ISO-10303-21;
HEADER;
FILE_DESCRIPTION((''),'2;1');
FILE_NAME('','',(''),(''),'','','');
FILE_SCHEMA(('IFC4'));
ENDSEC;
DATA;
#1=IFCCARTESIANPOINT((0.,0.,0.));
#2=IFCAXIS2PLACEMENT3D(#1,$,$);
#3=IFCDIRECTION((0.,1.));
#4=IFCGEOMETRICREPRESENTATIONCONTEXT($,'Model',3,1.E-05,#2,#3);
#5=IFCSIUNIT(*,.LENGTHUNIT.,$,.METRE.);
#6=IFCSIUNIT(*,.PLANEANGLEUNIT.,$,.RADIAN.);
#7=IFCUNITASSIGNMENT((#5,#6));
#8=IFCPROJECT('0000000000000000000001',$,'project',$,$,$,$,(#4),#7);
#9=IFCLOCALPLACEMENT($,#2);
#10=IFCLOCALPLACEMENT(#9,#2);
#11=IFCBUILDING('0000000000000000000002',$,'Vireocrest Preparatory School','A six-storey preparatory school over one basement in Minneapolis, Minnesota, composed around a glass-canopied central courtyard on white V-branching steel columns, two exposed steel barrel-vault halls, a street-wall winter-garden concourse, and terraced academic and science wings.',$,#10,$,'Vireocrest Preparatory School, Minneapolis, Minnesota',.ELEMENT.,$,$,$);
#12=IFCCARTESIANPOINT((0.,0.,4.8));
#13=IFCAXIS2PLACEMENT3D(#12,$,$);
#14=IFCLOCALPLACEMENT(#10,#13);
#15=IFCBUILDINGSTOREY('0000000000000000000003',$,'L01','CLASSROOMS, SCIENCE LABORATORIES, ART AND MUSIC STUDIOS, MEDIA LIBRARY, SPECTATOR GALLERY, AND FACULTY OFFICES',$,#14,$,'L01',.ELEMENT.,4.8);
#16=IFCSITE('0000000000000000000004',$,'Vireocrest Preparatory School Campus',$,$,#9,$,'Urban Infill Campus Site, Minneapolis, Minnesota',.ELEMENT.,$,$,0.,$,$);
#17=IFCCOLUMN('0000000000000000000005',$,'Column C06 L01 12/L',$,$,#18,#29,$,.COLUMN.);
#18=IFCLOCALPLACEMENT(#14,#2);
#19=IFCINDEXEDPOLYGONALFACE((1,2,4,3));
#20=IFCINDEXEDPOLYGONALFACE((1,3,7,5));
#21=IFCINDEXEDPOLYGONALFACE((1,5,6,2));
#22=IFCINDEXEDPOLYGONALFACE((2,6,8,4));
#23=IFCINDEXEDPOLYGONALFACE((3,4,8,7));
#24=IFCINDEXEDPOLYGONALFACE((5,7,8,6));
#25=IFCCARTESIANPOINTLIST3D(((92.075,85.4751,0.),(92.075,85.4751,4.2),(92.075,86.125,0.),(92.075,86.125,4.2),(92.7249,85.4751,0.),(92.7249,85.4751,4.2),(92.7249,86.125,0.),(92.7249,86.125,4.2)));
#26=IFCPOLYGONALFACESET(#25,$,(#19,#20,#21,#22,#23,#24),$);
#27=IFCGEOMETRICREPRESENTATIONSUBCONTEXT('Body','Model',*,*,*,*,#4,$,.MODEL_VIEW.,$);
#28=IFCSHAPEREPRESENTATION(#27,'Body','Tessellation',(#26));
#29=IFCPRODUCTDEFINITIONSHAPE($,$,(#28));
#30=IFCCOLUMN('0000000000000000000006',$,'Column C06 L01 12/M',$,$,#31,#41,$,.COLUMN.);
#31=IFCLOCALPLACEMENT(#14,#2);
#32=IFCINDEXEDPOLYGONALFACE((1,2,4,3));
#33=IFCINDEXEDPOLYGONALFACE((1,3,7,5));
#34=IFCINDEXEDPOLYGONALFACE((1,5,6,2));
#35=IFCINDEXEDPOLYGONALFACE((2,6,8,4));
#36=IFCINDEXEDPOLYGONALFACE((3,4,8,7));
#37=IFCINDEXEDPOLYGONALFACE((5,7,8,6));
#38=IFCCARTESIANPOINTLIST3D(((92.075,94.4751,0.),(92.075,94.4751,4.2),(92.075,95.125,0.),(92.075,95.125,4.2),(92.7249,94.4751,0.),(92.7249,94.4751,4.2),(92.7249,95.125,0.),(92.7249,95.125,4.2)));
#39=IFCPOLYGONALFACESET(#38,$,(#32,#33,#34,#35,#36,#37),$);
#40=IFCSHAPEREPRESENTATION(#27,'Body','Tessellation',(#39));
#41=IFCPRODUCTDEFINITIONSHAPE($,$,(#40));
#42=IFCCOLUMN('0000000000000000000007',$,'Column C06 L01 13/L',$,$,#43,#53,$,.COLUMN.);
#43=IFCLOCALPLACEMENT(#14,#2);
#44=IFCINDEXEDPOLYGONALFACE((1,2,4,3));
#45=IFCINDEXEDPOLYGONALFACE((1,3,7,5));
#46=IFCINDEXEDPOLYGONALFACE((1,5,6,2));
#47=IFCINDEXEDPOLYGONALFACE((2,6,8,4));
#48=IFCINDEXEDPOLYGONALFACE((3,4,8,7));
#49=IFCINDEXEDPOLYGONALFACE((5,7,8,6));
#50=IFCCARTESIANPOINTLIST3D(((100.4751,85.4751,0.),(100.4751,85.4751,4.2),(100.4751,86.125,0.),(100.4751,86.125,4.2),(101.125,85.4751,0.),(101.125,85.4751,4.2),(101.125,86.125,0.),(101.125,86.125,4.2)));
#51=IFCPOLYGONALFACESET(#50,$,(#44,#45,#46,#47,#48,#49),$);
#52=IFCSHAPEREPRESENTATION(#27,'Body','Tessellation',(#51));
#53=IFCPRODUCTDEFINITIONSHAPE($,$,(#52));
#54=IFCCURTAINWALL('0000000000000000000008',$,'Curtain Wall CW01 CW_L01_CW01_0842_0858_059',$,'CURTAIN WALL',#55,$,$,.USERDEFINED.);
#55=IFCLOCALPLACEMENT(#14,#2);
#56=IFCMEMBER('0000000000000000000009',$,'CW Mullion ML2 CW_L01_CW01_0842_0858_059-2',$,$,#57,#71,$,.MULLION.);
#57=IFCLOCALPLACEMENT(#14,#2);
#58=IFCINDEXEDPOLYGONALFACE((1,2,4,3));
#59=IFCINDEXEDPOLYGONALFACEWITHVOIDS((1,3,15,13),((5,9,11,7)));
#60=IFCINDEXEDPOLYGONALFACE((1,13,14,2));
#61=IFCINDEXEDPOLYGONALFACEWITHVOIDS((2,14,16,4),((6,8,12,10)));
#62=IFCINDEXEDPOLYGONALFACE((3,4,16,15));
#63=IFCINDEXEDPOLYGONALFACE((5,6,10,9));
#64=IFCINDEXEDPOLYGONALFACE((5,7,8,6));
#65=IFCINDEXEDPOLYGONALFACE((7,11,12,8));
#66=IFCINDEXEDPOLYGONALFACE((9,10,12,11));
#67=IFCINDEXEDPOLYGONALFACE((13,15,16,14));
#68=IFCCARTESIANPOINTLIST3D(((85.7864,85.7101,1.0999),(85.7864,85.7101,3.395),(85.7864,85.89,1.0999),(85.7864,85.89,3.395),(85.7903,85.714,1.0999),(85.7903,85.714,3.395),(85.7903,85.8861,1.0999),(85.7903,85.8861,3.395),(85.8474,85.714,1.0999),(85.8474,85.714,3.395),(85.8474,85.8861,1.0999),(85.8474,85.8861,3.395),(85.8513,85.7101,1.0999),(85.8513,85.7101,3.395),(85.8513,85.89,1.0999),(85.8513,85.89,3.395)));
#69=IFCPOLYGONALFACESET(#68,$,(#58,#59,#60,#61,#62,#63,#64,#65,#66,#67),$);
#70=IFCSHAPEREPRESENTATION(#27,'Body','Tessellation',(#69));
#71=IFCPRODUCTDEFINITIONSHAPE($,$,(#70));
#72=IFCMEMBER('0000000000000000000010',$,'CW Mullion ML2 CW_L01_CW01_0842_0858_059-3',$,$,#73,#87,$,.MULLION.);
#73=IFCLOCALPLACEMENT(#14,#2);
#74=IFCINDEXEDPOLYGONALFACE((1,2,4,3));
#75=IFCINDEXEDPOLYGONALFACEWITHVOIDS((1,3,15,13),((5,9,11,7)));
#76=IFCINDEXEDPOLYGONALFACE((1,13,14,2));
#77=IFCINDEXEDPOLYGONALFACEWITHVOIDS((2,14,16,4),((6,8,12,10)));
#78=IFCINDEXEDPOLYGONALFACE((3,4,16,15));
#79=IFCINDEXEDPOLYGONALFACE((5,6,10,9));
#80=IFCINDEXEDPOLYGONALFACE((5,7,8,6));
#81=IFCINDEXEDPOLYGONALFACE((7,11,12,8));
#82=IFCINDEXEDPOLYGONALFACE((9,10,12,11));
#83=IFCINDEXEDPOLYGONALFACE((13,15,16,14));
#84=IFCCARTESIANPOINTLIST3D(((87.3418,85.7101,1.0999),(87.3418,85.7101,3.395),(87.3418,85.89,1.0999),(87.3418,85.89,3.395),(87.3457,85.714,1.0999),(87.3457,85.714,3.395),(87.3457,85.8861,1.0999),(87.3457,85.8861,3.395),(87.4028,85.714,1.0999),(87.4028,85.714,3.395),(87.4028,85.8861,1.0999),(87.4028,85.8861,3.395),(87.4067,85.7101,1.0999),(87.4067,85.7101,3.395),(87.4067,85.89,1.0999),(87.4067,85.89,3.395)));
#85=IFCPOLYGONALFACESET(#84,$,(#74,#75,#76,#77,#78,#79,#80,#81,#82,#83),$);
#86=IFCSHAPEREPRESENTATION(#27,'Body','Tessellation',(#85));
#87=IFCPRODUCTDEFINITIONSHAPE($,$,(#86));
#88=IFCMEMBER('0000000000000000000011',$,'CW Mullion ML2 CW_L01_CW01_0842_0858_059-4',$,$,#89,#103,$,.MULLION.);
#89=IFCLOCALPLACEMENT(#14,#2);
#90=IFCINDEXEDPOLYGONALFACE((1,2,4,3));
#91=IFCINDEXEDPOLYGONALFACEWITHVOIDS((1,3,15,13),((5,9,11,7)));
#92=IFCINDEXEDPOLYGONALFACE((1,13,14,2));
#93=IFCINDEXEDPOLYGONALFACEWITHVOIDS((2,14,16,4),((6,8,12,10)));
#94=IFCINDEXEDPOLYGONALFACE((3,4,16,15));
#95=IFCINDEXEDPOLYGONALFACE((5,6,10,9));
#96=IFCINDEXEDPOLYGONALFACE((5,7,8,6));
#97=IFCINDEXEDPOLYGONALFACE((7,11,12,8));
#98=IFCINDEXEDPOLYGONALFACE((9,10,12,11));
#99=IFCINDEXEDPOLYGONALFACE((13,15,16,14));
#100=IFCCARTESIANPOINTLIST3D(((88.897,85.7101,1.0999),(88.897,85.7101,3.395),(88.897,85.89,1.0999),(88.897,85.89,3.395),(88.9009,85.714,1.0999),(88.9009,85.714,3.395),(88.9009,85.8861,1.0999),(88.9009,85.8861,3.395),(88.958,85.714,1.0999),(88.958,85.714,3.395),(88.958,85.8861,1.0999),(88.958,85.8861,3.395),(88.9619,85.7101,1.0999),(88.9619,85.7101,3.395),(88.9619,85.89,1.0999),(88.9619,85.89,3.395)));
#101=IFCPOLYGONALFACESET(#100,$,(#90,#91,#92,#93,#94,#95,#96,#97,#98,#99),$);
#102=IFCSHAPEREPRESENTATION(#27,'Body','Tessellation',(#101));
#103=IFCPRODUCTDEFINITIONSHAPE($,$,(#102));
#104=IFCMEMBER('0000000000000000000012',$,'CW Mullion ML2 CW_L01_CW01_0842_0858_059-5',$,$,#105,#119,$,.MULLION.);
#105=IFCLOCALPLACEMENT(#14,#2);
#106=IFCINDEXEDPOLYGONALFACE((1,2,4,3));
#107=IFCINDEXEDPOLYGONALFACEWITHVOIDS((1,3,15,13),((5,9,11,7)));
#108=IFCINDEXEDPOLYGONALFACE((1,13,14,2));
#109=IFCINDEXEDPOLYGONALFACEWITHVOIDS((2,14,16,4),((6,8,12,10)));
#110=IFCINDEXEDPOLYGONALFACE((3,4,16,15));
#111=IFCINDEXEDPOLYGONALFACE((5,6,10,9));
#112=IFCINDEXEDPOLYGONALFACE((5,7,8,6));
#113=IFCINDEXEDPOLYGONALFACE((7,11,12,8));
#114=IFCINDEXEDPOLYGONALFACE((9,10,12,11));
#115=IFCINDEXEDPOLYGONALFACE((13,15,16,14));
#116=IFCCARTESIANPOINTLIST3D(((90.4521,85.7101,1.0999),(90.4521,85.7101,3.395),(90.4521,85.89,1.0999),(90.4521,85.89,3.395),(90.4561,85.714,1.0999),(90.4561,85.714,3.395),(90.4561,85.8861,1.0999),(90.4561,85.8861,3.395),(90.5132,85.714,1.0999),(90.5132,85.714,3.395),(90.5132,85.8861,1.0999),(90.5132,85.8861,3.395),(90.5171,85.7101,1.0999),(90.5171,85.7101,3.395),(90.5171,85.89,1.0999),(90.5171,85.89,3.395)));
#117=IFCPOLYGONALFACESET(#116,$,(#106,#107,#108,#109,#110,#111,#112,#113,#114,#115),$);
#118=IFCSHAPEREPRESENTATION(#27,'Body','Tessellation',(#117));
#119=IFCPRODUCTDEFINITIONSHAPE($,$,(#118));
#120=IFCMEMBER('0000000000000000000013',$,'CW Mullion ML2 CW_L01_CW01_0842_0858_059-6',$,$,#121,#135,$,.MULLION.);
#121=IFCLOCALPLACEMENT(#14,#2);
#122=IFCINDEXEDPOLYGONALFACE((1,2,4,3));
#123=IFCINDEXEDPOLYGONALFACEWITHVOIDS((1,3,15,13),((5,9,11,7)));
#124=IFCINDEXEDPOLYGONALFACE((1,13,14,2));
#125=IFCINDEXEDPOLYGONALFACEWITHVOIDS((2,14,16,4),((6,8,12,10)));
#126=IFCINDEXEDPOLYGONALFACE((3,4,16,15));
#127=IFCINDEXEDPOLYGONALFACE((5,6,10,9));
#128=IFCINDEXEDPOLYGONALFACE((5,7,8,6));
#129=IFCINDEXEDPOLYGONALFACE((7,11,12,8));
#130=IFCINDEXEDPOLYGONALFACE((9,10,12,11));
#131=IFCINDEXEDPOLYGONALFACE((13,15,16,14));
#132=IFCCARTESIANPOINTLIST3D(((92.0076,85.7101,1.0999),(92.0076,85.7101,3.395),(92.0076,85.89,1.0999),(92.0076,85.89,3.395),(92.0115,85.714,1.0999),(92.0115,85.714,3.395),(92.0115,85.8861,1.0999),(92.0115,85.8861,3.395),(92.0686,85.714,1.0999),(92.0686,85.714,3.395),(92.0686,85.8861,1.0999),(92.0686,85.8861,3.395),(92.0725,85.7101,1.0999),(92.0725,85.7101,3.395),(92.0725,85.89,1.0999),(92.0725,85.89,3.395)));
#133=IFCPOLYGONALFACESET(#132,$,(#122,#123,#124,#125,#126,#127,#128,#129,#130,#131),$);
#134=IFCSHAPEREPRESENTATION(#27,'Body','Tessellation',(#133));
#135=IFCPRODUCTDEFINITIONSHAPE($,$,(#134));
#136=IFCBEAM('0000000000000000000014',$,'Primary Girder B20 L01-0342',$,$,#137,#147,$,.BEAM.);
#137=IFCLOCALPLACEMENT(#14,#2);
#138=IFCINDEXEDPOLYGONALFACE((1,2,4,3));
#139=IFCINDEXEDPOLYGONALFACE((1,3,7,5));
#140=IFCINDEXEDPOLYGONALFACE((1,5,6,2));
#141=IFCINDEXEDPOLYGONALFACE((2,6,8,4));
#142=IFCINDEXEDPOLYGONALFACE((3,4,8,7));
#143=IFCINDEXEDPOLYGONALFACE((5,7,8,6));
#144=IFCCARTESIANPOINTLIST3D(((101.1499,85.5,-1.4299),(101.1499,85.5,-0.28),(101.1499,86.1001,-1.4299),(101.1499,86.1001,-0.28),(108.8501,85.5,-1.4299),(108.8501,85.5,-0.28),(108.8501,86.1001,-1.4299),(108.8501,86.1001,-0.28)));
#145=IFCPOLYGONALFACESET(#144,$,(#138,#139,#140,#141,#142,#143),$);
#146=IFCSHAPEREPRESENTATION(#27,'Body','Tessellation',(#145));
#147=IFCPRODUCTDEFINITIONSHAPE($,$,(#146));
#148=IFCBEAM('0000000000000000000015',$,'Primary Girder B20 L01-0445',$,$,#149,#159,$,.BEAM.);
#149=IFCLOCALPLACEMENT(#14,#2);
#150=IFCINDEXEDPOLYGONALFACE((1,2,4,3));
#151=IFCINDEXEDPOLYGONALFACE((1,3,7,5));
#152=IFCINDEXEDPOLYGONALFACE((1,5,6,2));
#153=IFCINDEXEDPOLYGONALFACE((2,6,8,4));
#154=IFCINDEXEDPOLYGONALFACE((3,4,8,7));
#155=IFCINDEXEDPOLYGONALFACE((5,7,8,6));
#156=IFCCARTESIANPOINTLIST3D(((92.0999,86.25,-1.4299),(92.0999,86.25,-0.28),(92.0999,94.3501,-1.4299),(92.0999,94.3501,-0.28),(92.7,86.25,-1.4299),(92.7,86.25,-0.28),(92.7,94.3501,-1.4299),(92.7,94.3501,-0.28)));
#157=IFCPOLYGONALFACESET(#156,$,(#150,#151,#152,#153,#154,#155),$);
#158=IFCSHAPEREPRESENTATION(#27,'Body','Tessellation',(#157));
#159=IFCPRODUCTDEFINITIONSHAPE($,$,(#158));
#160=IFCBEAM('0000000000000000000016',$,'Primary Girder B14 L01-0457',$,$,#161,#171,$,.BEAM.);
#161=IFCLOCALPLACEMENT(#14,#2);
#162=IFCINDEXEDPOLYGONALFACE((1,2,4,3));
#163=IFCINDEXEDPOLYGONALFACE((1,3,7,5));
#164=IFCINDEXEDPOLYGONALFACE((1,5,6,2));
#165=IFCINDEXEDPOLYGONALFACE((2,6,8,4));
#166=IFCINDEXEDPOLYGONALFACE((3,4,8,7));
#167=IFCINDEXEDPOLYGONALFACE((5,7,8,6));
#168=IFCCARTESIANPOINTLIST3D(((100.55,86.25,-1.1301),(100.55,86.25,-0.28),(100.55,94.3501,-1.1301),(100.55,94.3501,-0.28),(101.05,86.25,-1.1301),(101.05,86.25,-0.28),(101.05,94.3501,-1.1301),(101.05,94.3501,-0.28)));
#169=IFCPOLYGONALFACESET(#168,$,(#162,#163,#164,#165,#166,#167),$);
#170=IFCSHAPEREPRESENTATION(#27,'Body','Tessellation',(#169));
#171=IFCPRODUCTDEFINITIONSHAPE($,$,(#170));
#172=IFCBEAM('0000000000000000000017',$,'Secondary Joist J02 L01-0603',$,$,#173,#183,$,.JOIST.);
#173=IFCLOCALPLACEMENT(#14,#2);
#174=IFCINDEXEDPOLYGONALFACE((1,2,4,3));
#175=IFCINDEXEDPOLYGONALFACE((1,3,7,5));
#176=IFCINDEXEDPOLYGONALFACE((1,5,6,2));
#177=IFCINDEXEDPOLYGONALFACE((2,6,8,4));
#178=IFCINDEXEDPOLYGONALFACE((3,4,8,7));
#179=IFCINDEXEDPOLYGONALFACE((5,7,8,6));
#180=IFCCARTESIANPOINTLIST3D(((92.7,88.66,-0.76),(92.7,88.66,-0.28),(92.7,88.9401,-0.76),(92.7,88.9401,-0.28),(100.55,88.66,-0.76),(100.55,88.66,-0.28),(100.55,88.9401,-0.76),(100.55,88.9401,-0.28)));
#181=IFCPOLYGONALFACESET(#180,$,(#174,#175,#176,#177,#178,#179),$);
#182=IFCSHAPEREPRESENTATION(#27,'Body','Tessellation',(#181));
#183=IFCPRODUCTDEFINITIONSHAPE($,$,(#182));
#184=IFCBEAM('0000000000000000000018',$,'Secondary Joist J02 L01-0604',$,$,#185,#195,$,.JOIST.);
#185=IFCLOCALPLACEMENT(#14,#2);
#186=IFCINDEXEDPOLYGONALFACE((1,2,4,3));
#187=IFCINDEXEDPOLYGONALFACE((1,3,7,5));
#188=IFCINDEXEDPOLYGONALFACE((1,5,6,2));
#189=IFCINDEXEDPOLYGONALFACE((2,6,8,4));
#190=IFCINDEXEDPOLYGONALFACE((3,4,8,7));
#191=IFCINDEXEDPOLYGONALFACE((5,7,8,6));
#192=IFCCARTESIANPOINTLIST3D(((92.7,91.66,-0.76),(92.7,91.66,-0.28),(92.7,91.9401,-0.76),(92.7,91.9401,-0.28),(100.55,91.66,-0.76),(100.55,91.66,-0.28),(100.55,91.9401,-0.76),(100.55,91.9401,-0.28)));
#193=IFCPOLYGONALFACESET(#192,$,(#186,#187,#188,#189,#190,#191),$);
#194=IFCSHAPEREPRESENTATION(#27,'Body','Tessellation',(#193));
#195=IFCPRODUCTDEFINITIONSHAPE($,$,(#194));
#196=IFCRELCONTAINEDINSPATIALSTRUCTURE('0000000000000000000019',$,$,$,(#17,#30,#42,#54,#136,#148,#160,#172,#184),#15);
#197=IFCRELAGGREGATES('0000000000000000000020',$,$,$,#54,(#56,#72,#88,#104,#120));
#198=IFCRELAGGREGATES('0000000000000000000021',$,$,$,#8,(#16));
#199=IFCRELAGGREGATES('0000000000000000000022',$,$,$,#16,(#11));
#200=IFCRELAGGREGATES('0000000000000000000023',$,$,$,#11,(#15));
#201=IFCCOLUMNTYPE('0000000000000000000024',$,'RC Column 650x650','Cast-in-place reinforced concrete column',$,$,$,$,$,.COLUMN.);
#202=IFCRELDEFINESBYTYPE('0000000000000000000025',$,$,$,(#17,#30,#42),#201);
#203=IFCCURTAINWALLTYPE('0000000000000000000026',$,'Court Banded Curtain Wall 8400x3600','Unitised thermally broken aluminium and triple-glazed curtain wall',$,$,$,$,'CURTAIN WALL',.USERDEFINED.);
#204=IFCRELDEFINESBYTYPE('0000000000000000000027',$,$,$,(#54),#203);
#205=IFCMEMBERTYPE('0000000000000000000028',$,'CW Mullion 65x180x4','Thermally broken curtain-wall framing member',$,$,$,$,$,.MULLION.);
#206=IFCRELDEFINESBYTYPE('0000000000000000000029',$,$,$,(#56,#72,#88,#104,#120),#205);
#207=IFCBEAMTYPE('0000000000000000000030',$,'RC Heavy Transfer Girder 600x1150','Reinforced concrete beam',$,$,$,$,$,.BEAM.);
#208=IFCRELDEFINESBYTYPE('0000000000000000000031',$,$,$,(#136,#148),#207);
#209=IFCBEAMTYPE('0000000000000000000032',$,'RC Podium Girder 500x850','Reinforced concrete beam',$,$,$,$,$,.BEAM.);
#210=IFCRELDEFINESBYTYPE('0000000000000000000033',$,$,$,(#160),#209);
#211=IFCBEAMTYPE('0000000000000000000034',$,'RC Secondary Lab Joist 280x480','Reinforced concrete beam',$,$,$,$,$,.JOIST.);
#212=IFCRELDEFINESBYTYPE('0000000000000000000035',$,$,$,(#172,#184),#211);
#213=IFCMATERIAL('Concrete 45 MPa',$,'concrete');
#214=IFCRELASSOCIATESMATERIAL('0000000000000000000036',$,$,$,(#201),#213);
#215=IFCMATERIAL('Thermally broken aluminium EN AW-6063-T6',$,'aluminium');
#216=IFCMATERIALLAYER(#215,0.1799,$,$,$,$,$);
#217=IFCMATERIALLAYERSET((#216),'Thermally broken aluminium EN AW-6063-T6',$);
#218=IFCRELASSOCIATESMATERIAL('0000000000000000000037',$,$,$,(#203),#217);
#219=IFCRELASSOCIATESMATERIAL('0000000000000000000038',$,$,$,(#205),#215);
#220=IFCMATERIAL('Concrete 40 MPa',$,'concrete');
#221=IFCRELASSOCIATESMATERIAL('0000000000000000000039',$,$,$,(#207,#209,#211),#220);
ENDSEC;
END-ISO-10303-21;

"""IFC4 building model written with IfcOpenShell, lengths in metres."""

from ifc_helpers import new_model, si_unit, direction, frame, origin, origin_2d, place, context, subcontext, project, spatial, rectangle, hollow_rectangle, extrude, material, layer, layer_set, material_profile, profile_set, type_object, element, aggregate, save


model = new_model("IFC4")

# Units and contexts
model_context = context("Model", 3, precision=1e-05, world=origin(), true_north=direction((0.0, 1.0)))
body_context = subcontext(model_context, "Body", "Model", "MODEL_VIEW")
ifc_project = project(units=[si_unit("LENGTHUNIT", "METRE"), si_unit("PLANEANGLEUNIT", "RADIAN")], contexts=[model_context])

# Site, building, storey
site_placement = place(None, origin())
site = spatial("IfcSite", under=ifc_project, at=site_placement, Name="Vireocrest Preparatory School Campus", LongName="Urban Infill Campus Site, Minneapolis, Minnesota", CompositionType="ELEMENT", RefElevation=0.0)
building_placement = place(site_placement, origin())
building = spatial("IfcBuilding", under=site, at=building_placement, Name="Vireocrest Preparatory School", Description="A six-storey preparatory school over one basement in Minneapolis, Minnesota, composed around a glass-canopied central courtyard on white V-branching steel columns, two exposed steel barrel-vault halls, a street-wall winter-garden concourse, and terraced academic and science wings.", LongName="Vireocrest Preparatory School, Minneapolis, Minnesota", CompositionType="ELEMENT")
storey_placement = place(building_placement, frame((0.0, 0.0, 4.8)))
storey = spatial("IfcBuildingStorey", under=building, at=storey_placement, Name="L01", Description="CLASSROOMS, SCIENCE LABORATORIES, ART AND MUSIC STUDIOS, MEDIA LIBRARY, SPECTATOR GALLERY, AND FACULTY OFFICES", LongName="L01", CompositionType="ELEMENT", Elevation=4.8)

# Columns
ifc_material_1 = material(Name="Concrete 45 MPa", Category="concrete")
ifc_material_profile_1 = material_profile(ifc_material_1, rectangle(XDim=0.6499, YDim=0.6499, at=origin_2d()), Name="RC 650x650")
ifc_profile_set_1 = profile_set([ifc_material_profile_1], Name="Concrete 45 MPa")
column_type = type_object("IfcColumnType", Name="RC Column 650x650", Description="Cast-in-place reinforced concrete column", PredefinedType="COLUMN", material=ifc_profile_set_1)
for number, where, z_axis, x_axis, name in (
    (1, (92.3999, 85.8, 0.0), (0.0, 0.0, 1.0), (1.0, 0.0, 0.0), "Column C06 L01 12/L"),
    (2, (92.3999, 94.8, 0.0), (0.0, 0.0, 1.0), (1.0, 0.0, 0.0), "Column C06 L01 12/M"),
    (3, (100.8, 85.8, 0.0), (0.0, 0.0, 1.0), (1.0, 0.0, 0.0), "Column C06 L01 13/L"),
):
    element("IfcColumn", number, at=place(storey_placement, frame(where, z_axis=z_axis, x_axis=x_axis)), inside=storey, type_object=column_type, Name=name, PredefinedType="COLUMN", context=body_context, shape_type="SweptSolid", body=[
        extrude(rectangle(XDim=0.6499, YDim=0.6499, at=origin_2d()), origin(), (0.0, 0.0, 1.0), 4.2),
    ])

# Curtain wall, members
ifc_material_2 = material(Name="Thermally broken aluminium EN AW-6063-T6", Category="aluminium")
ifc_layer_1 = layer(ifc_material_2, 0.1799)
ifc_layer_set_1 = layer_set([ifc_layer_1], Name="Thermally broken aluminium EN AW-6063-T6")
curtain_wall_type = type_object("IfcCurtainWallType", Name="Court Banded Curtain Wall 8400x3600", Description="Unitised thermally broken aluminium and triple-glazed curtain wall", ElementType="CURTAIN WALL", PredefinedType="USERDEFINED", material=ifc_layer_set_1)
curtain_wall_placement = place(storey_placement, origin())
curtain_wall = element("IfcCurtainWall", 4, at=curtain_wall_placement, inside=storey, type_object=curtain_wall_type, Name="Curtain Wall CW01 CW_L01_CW01_0842_0858_059", ObjectType="CURTAIN WALL", PredefinedType="USERDEFINED")
ifc_material_profile_2 = material_profile(ifc_material_2, hollow_rectangle(XDim=0.0649, YDim=0.1799, WallThickness=0.0039, at=origin_2d()), Name="ALU 65x180x4")
ifc_profile_set_2 = profile_set([ifc_material_profile_2], Name="Thermally broken aluminium EN AW-6063-T6")
member_type = type_object("IfcMemberType", Name="CW Mullion 65x180x4", Description="Thermally broken curtain-wall framing member", PredefinedType="MULLION", material=ifc_profile_set_2)
member_1_placement = place(storey_placement, frame((85.8188, 85.8, 1.0999), z_axis=(0.0, 0.0, 1.0), x_axis=(1.0, 0.0, 0.0)))
member_1 = element("IfcMember", 5, at=member_1_placement, type_object=member_type, Name="CW Mullion ML2 CW_L01_CW01_0842_0858_059-2", PredefinedType="MULLION", context=body_context, shape_type="SweptSolid", body=[
    extrude(hollow_rectangle(XDim=0.0649, YDim=0.1799, WallThickness=0.0039, at=origin_2d()), origin(), (0.0, 0.0, 1.0), 2.2952),
])
member_2_placement = place(storey_placement, frame((87.3743, 85.8, 1.0999), z_axis=(0.0, 0.0, 1.0), x_axis=(1.0, 0.0, 0.0)))
member_2 = element("IfcMember", 6, at=member_2_placement, type_object=member_type, Name="CW Mullion ML2 CW_L01_CW01_0842_0858_059-3", PredefinedType="MULLION", context=body_context, shape_type="SweptSolid", body=[
    extrude(hollow_rectangle(XDim=0.0649, YDim=0.1799, WallThickness=0.0039, at=origin_2d()), origin(), (0.0, 0.0, 1.0), 2.2952),
])
member_3_placement = place(storey_placement, frame((88.9294, 85.8, 1.0999), z_axis=(0.0, 0.0, 1.0), x_axis=(1.0, 0.0, 0.0)))
member_3 = element("IfcMember", 7, at=member_3_placement, type_object=member_type, Name="CW Mullion ML2 CW_L01_CW01_0842_0858_059-4", PredefinedType="MULLION", context=body_context, shape_type="SweptSolid", body=[
    extrude(hollow_rectangle(XDim=0.0649, YDim=0.1799, WallThickness=0.0039, at=origin_2d()), origin(), (0.0, 0.0, 1.0), 2.2952),
])
member_4_placement = place(storey_placement, frame((90.4846, 85.8, 1.0999), z_axis=(0.0, 0.0, 1.0), x_axis=(1.0, 0.0, 0.0)))
member_4 = element("IfcMember", 8, at=member_4_placement, type_object=member_type, Name="CW Mullion ML2 CW_L01_CW01_0842_0858_059-5", PredefinedType="MULLION", context=body_context, shape_type="SweptSolid", body=[
    extrude(hollow_rectangle(XDim=0.0649, YDim=0.1799, WallThickness=0.0039, at=origin_2d()), origin(), (0.0, 0.0, 1.0), 2.2952),
])
member_5_placement = place(storey_placement, frame((92.04, 85.8, 1.0999), z_axis=(0.0, 0.0, 1.0), x_axis=(1.0, 0.0, 0.0)))
member_5 = element("IfcMember", 9, at=member_5_placement, type_object=member_type, Name="CW Mullion ML2 CW_L01_CW01_0842_0858_059-6", PredefinedType="MULLION", context=body_context, shape_type="SweptSolid", body=[
    extrude(hollow_rectangle(XDim=0.0649, YDim=0.1799, WallThickness=0.0039, at=origin_2d()), origin(), (0.0, 0.0, 1.0), 2.2952),
])

# Beams
ifc_material_3 = material(Name="Concrete 40 MPa", Category="concrete")
ifc_material_profile_3 = material_profile(ifc_material_3, rectangle(XDim=0.6001, YDim=1.1499, at=origin_2d()), Name="RC 600x1150")
ifc_profile_set_3 = profile_set([ifc_material_profile_3], Name="Concrete 40 MPa")
beam_type_1 = type_object("IfcBeamType", Name="RC Heavy Transfer Girder 600x1150", Description="Reinforced concrete beam", PredefinedType="BEAM", material=ifc_profile_set_3)
beam_1_placement = place(storey_placement, frame((101.1499, 85.8, -0.855), z_axis=(1.0, 0.0, 0.0), x_axis=(0.0, 1.0, 0.0)))
element("IfcBeam", 10, at=beam_1_placement, inside=storey, type_object=beam_type_1, Name="Primary Girder B20 L01-0342", PredefinedType="BEAM", context=body_context, shape_type="SweptSolid", body=[
    extrude(rectangle(XDim=0.6001, YDim=1.1499, at=origin_2d()), origin(), (0.0, 0.0, 1.0), 7.7002),
])
beam_2_placement = place(storey_placement, frame((92.3999, 86.25, -0.855), z_axis=(0.0, 1.0, 0.0), x_axis=(-1.0, 0.0, 0.0)))
element("IfcBeam", 11, at=beam_2_placement, inside=storey, type_object=beam_type_1, Name="Primary Girder B20 L01-0445", PredefinedType="BEAM", context=body_context, shape_type="SweptSolid", body=[
    extrude(rectangle(XDim=0.6001, YDim=1.1499, at=origin_2d()), origin(), (0.0, 0.0, 1.0), 8.1001),
])
ifc_material_profile_4 = material_profile(ifc_material_3, rectangle(XDim=0.5, YDim=0.8501, at=origin_2d()), Name="RC 500x850")
ifc_profile_set_4 = profile_set([ifc_material_profile_4], Name="Concrete 40 MPa")
beam_type_2 = type_object("IfcBeamType", Name="RC Podium Girder 500x850", Description="Reinforced concrete beam", PredefinedType="BEAM", material=ifc_profile_set_4)
beam_3_placement = place(storey_placement, frame((100.8, 86.25, -0.7051), z_axis=(0.0, 1.0, 0.0), x_axis=(-1.0, 0.0, 0.0)))
element("IfcBeam", 12, at=beam_3_placement, inside=storey, type_object=beam_type_2, Name="Primary Girder B14 L01-0457", PredefinedType="BEAM", context=body_context, shape_type="SweptSolid", body=[
    extrude(rectangle(XDim=0.5, YDim=0.8501, at=origin_2d()), origin(), (0.0, 0.0, 1.0), 8.1001),
])
ifc_material_profile_5 = material_profile(ifc_material_3, rectangle(XDim=0.28, YDim=0.48, at=origin_2d()), Name="RC 280x480")
ifc_profile_set_5 = profile_set([ifc_material_profile_5], Name="Concrete 40 MPa")
beam_type_3 = type_object("IfcBeamType", Name="RC Secondary Lab Joist 280x480", Description="Reinforced concrete beam", PredefinedType="JOIST", material=ifc_profile_set_5)
for number, where, z_axis, x_axis, name in (
    (13, (92.7, 88.8, -0.52), (1.0, 0.0, 0.0), (0.0, 1.0, 0.0), "Secondary Joist J02 L01-0603"),
    (14, (92.7, 91.8, -0.52), (1.0, 0.0, 0.0), (0.0, 1.0, 0.0), "Secondary Joist J02 L01-0604"),
):
    element("IfcBeam", number, at=place(storey_placement, frame(where, z_axis=z_axis, x_axis=x_axis)), inside=storey, type_object=beam_type_3, Name=name, PredefinedType="JOIST", context=body_context, shape_type="SweptSolid", body=[
        extrude(rectangle(XDim=0.28, YDim=0.48, at=origin_2d()), origin(), (0.0, 0.0, 1.0), 7.8501),
    ])

aggregate(curtain_wall, [member_1, member_2, member_3, member_4, member_5])

save(model, "model.ifc")
